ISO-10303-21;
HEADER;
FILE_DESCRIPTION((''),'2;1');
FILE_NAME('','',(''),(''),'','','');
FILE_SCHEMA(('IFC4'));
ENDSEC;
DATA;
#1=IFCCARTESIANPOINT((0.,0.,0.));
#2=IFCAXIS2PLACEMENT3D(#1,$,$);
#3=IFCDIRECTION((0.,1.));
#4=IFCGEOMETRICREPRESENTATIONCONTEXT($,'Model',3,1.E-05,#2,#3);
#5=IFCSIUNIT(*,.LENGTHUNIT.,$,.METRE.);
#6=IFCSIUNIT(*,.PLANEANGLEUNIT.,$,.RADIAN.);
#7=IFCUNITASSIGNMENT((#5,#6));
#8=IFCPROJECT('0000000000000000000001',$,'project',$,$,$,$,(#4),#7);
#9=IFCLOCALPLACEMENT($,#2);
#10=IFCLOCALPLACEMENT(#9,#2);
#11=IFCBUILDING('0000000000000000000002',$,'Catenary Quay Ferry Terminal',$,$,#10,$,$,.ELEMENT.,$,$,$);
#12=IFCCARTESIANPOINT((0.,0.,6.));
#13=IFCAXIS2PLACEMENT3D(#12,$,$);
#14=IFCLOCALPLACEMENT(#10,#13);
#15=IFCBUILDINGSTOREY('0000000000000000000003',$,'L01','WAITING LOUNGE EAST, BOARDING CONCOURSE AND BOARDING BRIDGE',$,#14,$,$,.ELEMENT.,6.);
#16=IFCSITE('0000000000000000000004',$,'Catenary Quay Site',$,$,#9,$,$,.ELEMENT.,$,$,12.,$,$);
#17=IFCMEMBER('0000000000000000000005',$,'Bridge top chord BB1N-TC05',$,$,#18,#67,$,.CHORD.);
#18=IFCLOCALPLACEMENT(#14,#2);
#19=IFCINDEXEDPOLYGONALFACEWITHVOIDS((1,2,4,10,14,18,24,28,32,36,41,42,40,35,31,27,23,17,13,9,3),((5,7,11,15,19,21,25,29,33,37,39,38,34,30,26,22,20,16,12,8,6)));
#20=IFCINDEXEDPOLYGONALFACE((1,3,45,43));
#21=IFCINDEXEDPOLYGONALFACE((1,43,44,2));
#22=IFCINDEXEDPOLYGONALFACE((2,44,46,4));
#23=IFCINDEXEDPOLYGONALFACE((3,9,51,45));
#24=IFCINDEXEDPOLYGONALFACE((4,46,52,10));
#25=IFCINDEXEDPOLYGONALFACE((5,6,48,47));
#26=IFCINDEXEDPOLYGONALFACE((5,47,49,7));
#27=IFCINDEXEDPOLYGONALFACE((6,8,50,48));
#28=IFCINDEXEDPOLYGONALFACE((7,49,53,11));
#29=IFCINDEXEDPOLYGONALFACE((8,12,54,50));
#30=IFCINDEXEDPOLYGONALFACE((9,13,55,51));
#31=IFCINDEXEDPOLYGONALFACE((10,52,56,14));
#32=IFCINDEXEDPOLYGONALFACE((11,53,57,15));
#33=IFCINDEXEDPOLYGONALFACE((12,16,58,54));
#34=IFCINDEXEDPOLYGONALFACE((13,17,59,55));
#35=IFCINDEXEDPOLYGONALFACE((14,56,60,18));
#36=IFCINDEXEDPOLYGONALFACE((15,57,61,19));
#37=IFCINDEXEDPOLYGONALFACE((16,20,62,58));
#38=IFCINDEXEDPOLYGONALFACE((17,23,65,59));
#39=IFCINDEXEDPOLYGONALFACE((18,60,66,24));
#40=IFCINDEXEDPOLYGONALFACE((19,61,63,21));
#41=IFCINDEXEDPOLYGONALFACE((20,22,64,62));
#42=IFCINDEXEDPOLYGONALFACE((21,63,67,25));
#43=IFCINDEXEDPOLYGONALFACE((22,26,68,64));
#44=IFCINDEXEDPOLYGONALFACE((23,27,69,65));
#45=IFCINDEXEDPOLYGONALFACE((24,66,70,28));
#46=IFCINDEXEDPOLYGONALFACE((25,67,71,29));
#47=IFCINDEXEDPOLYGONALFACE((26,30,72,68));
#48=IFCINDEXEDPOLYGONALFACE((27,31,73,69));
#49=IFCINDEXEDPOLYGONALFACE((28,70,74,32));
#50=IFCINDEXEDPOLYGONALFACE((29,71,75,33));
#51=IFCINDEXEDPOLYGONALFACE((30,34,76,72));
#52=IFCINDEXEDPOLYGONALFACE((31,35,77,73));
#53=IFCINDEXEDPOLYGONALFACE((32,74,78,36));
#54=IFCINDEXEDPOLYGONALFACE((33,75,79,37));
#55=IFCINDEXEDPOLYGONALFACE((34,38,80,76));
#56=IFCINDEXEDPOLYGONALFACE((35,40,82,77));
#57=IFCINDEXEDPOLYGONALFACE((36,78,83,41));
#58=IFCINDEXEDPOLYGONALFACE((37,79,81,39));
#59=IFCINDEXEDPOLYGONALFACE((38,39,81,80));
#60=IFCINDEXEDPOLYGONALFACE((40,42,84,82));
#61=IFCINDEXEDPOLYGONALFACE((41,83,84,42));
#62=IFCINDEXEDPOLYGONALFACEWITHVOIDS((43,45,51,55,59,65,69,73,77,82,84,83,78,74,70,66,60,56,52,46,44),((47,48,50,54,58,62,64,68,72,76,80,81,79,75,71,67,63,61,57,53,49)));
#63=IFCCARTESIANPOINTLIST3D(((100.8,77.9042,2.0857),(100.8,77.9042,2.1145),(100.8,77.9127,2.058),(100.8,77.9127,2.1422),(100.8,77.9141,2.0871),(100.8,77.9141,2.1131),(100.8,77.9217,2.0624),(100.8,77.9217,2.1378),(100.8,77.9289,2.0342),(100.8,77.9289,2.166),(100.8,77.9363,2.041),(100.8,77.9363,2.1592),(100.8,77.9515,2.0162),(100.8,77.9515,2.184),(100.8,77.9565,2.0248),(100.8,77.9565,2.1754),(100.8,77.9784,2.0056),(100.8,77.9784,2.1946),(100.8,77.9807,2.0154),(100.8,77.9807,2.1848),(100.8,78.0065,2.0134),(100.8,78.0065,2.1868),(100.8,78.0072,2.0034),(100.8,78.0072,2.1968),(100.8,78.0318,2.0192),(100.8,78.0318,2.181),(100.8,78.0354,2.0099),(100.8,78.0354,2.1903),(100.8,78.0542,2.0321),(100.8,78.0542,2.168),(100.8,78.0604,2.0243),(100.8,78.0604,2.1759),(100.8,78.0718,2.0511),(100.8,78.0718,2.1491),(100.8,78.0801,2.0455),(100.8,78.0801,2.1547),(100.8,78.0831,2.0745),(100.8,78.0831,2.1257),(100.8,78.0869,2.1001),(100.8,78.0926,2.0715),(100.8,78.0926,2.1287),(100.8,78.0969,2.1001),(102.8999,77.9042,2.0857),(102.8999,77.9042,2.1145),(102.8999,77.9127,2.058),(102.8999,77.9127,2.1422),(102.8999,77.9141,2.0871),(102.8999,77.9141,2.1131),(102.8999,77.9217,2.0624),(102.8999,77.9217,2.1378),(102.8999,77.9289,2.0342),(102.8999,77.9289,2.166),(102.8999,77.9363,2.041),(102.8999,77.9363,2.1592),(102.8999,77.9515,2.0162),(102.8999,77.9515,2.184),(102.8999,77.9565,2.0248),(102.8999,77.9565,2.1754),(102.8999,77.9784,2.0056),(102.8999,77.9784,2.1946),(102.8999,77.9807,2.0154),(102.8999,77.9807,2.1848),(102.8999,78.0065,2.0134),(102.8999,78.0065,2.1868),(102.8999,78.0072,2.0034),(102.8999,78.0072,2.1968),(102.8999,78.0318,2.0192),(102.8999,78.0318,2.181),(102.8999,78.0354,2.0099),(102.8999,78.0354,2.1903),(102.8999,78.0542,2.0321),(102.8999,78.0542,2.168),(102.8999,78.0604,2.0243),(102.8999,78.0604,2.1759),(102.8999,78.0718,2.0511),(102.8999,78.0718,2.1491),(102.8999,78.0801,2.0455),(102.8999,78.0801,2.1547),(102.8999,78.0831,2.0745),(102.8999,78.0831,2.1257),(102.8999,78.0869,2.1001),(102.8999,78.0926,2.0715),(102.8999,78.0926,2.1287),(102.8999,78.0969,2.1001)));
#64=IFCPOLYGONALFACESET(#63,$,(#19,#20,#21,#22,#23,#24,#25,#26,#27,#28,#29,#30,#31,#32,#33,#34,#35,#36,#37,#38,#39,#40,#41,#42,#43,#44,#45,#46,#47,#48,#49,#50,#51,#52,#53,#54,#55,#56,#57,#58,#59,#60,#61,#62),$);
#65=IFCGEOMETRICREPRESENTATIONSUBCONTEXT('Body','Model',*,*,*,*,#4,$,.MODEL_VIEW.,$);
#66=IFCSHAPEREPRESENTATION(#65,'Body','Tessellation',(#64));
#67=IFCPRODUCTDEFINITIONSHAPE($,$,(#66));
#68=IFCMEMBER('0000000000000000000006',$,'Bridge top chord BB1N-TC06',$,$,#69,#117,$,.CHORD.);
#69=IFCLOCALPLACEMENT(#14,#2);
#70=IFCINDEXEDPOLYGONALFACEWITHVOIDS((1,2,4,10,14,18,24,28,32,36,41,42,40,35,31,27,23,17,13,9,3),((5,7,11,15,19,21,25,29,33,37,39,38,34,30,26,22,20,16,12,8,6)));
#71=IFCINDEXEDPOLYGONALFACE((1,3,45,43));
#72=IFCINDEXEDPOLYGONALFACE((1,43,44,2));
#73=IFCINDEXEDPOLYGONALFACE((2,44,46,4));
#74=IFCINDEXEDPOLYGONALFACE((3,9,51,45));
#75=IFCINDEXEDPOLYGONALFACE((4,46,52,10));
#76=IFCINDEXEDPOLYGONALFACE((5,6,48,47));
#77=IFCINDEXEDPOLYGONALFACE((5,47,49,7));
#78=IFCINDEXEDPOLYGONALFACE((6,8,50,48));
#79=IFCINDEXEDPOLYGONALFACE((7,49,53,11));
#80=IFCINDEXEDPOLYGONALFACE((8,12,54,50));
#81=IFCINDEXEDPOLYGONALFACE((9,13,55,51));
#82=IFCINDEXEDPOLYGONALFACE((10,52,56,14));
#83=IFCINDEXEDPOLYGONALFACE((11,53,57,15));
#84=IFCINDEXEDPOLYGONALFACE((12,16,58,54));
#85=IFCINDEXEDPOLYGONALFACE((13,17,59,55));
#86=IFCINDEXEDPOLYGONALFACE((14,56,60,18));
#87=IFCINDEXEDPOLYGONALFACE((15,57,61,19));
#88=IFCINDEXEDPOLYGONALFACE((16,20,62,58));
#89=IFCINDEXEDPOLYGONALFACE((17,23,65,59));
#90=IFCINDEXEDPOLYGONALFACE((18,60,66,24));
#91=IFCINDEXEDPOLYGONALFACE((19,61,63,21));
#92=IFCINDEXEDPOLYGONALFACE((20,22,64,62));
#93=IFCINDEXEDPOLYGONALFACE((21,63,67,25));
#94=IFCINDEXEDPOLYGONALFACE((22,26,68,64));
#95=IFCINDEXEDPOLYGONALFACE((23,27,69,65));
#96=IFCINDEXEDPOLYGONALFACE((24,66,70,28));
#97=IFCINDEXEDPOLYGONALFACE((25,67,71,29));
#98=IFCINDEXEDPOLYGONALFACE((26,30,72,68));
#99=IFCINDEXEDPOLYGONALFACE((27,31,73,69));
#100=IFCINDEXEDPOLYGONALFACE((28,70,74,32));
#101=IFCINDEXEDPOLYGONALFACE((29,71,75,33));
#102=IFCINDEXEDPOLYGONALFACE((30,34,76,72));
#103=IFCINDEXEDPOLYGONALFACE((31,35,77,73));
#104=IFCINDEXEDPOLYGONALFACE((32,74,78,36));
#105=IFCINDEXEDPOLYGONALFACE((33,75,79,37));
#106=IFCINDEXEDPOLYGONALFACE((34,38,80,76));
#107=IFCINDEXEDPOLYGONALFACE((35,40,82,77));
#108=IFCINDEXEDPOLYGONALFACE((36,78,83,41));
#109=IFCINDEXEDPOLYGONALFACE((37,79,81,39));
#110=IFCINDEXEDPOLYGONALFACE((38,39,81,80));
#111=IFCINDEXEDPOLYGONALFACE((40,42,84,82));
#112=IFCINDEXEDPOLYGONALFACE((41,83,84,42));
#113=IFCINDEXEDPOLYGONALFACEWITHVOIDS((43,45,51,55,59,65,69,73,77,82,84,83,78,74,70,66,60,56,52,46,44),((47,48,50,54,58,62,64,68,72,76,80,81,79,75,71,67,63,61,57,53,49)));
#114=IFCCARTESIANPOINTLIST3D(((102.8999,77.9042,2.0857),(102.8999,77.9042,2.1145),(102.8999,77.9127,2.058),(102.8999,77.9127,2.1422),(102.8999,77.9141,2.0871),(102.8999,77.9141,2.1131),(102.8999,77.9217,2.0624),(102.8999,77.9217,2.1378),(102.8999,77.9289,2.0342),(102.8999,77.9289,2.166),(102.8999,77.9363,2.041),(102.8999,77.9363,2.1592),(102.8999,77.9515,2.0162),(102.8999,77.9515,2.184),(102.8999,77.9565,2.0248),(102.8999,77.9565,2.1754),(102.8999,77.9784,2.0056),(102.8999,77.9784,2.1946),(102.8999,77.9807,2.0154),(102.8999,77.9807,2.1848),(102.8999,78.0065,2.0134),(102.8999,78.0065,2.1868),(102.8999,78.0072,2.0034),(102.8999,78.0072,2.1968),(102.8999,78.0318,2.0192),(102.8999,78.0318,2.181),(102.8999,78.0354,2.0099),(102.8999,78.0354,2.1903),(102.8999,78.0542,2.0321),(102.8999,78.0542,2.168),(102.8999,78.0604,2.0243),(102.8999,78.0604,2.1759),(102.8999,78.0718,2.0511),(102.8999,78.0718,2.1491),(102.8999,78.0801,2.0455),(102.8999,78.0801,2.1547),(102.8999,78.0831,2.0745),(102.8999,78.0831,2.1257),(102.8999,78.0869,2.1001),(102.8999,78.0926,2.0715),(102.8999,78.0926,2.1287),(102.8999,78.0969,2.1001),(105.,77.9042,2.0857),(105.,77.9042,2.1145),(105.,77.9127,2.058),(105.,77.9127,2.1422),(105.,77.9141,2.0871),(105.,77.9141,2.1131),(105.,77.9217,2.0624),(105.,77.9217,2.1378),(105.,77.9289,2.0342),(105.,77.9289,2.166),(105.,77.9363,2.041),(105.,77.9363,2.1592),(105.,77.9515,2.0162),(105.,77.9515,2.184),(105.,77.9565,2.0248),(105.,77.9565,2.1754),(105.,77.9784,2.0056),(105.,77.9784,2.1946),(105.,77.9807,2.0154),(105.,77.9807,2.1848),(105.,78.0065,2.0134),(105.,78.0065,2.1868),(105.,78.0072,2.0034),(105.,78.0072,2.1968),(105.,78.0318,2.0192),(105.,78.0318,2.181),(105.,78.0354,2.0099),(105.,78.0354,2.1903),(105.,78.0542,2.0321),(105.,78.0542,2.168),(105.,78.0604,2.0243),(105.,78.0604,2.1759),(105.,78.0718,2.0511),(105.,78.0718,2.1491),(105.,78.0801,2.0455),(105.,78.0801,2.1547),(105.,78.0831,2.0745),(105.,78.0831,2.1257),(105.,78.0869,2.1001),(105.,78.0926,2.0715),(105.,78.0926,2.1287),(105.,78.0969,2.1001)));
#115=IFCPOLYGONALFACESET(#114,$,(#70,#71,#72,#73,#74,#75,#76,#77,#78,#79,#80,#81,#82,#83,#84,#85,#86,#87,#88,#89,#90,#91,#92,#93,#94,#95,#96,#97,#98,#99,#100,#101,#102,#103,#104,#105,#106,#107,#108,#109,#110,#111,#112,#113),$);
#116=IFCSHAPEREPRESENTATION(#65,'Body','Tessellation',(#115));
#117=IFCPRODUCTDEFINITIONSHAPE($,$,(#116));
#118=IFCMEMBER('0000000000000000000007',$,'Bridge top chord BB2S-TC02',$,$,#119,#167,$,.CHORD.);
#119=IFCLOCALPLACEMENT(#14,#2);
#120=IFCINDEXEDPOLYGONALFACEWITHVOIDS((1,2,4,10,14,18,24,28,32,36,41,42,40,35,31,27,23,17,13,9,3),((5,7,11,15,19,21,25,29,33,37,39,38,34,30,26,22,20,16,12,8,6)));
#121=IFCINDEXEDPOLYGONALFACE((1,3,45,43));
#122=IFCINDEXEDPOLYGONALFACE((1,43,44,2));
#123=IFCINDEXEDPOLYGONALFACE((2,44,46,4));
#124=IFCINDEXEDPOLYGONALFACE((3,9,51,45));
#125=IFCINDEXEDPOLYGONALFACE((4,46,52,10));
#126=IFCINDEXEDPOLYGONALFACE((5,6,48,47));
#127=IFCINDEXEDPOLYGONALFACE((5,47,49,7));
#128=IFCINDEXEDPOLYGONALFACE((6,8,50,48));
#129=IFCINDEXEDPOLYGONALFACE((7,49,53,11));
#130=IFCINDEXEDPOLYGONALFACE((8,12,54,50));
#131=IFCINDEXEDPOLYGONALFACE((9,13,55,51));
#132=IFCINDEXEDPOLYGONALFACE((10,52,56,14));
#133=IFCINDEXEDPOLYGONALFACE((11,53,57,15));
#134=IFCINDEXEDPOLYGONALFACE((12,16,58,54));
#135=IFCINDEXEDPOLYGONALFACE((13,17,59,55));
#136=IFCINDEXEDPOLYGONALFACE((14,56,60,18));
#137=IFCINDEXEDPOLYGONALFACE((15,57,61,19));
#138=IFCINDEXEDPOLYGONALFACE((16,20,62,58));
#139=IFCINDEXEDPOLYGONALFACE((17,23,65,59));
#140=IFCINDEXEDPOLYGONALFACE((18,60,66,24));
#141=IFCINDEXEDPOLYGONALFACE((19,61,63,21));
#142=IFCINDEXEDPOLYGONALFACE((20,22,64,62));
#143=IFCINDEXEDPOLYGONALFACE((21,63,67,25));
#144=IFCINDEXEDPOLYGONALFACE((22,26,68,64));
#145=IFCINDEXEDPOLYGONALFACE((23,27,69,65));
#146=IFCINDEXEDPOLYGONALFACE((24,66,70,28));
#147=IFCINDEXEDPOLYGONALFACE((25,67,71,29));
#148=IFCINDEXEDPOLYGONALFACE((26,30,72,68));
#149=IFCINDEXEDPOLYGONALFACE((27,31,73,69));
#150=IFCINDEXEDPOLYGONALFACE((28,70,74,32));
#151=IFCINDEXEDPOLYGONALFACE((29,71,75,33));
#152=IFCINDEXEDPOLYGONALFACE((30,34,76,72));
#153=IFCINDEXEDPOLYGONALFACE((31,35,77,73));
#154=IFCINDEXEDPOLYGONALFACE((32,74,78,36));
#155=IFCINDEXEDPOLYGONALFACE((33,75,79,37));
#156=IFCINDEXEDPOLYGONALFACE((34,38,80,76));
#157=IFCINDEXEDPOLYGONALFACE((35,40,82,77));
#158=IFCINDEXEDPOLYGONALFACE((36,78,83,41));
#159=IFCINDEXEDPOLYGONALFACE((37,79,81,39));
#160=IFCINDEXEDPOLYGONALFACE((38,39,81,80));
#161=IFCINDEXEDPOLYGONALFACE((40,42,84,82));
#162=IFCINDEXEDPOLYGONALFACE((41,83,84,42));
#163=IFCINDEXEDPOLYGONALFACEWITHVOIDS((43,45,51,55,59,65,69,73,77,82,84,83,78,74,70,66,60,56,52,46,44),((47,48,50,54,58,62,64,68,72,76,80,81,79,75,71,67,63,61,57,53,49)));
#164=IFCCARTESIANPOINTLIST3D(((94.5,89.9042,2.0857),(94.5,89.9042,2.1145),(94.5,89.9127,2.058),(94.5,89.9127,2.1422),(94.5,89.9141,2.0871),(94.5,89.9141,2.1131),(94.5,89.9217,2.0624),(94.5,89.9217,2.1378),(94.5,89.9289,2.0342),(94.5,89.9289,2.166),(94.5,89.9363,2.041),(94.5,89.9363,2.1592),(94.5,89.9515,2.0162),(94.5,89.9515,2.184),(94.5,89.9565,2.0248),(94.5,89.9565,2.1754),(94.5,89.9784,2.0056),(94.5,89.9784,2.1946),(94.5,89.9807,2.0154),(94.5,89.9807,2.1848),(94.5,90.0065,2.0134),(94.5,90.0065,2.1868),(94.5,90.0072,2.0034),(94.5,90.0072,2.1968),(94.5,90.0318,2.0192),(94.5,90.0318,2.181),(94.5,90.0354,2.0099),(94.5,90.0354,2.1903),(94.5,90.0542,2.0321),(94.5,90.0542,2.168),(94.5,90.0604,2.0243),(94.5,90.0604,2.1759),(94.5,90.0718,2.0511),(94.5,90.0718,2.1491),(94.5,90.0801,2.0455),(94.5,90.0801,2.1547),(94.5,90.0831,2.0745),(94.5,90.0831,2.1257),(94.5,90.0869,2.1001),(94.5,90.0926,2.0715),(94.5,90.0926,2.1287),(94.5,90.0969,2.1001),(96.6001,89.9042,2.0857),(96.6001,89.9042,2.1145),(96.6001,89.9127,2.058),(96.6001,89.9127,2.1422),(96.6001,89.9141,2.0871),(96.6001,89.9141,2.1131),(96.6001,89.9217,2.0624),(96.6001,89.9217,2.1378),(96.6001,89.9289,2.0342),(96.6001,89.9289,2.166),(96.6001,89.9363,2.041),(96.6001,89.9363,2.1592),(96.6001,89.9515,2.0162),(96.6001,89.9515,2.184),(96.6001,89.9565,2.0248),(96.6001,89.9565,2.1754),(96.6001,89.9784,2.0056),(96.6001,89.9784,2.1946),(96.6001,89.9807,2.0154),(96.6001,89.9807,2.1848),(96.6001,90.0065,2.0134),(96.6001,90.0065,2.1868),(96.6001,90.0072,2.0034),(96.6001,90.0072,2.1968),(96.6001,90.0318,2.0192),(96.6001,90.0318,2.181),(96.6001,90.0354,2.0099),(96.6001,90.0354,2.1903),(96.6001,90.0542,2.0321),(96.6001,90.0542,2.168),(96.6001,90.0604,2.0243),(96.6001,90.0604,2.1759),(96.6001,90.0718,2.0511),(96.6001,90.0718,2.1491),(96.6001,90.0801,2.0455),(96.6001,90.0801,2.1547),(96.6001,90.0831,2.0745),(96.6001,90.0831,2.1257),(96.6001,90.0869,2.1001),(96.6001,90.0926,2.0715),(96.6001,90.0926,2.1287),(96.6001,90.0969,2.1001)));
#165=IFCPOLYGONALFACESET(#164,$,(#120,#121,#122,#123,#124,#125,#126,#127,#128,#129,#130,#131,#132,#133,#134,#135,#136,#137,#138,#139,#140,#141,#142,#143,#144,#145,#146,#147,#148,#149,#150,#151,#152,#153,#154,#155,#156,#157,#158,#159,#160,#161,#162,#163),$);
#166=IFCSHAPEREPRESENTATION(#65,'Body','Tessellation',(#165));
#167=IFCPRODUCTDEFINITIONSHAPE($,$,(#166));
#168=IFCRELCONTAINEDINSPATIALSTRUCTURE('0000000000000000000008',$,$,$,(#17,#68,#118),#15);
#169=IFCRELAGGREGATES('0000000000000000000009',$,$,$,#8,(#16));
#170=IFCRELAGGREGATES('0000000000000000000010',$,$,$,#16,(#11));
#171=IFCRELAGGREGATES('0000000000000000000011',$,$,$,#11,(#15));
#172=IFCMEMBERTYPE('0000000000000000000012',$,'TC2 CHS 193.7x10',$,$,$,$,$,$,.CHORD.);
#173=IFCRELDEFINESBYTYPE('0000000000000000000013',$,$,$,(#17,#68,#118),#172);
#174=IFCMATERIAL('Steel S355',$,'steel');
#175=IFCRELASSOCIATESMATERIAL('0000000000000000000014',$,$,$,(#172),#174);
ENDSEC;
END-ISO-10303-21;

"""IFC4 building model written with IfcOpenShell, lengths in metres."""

from ifc_helpers import new_model, si_unit, direction, frame, origin, origin_2d, place, context, subcontext, project, spatial, hollow_circle, extrude, material, material_profile, profile_set, type_object, element, save


model = new_model("IFC4")

# Units and contexts
model_context = context("Model", 3, precision=1e-05, world=origin(), true_north=direction((0.0, 1.0)))
body_context = subcontext(model_context, "Body", "Model", "MODEL_VIEW")
ifc_project = project(units=[si_unit("LENGTHUNIT", "METRE"), si_unit("PLANEANGLEUNIT", "RADIAN")], contexts=[model_context])

# Site, building, storey
site_placement = place(None, origin())
site = spatial("IfcSite", under=ifc_project, at=site_placement, Name="Catenary Quay Site", CompositionType="ELEMENT", RefElevation=12.0)
building_placement = place(site_placement, origin())
building = spatial("IfcBuilding", under=site, at=building_placement, Name="Catenary Quay Ferry Terminal", CompositionType="ELEMENT")
storey_placement = place(building_placement, frame((0.0, 0.0, 6.0)))
storey = spatial("IfcBuildingStorey", under=building, at=storey_placement, Name="L01", Description="WAITING LOUNGE EAST, BOARDING CONCOURSE AND BOARDING BRIDGE", CompositionType="ELEMENT", Elevation=6.0)

# Members
ifc_material_1 = material(Name="Steel S355", Category="steel")
ifc_material_profile_1 = material_profile(ifc_material_1, hollow_circle(Radius=0.0969, WallThickness=0.01, at=origin_2d()), Name="CHS 193.7x10")
ifc_profile_set_1 = profile_set([ifc_material_profile_1], Name="Steel S355")
member_type_1 = type_object("IfcMemberType", Name="TC2 CHS 193.7x10", PredefinedType="CHORD", material=ifc_profile_set_1)
member_1_placement = place(storey_placement, frame((100.8, 78.0, 2.1001), z_axis=(1.0, 0.0, 0.0), x_axis=(0.0, 1.0, 0.0)))
element("IfcMember", 1, at=member_1_placement, inside=storey, type_object=member_type_1, Name="Bridge top chord BB1N-TC05", PredefinedType="CHORD", context=body_context, shape_type="SweptSolid", body=[
    extrude(hollow_circle(Radius=0.0969, WallThickness=0.01, at=origin_2d()), origin(), (0.0, 0.0, 1.0), 2.0999),
])
for number, where, z_axis, x_axis, name in (
    (2, (102.8999, 78.0, 2.1001), (1.0, 0.0, 0.0), (0.0, 1.0, 0.0), "Bridge top chord BB1N-TC06"),
    (3, (94.5, 90.0, 2.1001), (1.0, 0.0, 0.0), (0.0, 1.0, 0.0), "Bridge top chord BB2S-TC02"),
):
    element("IfcMember", number, at=place(storey_placement, frame(where, z_axis=z_axis, x_axis=x_axis)), inside=storey, type_object=member_type_1, Name=name, PredefinedType="CHORD", context=body_context, shape_type="SweptSolid", body=[
        extrude(hollow_circle(Radius=0.0969, WallThickness=0.01, at=origin_2d()), origin(), (0.0, 0.0, 1.0), 2.1001),
    ])

save(model, "model.ifc")
